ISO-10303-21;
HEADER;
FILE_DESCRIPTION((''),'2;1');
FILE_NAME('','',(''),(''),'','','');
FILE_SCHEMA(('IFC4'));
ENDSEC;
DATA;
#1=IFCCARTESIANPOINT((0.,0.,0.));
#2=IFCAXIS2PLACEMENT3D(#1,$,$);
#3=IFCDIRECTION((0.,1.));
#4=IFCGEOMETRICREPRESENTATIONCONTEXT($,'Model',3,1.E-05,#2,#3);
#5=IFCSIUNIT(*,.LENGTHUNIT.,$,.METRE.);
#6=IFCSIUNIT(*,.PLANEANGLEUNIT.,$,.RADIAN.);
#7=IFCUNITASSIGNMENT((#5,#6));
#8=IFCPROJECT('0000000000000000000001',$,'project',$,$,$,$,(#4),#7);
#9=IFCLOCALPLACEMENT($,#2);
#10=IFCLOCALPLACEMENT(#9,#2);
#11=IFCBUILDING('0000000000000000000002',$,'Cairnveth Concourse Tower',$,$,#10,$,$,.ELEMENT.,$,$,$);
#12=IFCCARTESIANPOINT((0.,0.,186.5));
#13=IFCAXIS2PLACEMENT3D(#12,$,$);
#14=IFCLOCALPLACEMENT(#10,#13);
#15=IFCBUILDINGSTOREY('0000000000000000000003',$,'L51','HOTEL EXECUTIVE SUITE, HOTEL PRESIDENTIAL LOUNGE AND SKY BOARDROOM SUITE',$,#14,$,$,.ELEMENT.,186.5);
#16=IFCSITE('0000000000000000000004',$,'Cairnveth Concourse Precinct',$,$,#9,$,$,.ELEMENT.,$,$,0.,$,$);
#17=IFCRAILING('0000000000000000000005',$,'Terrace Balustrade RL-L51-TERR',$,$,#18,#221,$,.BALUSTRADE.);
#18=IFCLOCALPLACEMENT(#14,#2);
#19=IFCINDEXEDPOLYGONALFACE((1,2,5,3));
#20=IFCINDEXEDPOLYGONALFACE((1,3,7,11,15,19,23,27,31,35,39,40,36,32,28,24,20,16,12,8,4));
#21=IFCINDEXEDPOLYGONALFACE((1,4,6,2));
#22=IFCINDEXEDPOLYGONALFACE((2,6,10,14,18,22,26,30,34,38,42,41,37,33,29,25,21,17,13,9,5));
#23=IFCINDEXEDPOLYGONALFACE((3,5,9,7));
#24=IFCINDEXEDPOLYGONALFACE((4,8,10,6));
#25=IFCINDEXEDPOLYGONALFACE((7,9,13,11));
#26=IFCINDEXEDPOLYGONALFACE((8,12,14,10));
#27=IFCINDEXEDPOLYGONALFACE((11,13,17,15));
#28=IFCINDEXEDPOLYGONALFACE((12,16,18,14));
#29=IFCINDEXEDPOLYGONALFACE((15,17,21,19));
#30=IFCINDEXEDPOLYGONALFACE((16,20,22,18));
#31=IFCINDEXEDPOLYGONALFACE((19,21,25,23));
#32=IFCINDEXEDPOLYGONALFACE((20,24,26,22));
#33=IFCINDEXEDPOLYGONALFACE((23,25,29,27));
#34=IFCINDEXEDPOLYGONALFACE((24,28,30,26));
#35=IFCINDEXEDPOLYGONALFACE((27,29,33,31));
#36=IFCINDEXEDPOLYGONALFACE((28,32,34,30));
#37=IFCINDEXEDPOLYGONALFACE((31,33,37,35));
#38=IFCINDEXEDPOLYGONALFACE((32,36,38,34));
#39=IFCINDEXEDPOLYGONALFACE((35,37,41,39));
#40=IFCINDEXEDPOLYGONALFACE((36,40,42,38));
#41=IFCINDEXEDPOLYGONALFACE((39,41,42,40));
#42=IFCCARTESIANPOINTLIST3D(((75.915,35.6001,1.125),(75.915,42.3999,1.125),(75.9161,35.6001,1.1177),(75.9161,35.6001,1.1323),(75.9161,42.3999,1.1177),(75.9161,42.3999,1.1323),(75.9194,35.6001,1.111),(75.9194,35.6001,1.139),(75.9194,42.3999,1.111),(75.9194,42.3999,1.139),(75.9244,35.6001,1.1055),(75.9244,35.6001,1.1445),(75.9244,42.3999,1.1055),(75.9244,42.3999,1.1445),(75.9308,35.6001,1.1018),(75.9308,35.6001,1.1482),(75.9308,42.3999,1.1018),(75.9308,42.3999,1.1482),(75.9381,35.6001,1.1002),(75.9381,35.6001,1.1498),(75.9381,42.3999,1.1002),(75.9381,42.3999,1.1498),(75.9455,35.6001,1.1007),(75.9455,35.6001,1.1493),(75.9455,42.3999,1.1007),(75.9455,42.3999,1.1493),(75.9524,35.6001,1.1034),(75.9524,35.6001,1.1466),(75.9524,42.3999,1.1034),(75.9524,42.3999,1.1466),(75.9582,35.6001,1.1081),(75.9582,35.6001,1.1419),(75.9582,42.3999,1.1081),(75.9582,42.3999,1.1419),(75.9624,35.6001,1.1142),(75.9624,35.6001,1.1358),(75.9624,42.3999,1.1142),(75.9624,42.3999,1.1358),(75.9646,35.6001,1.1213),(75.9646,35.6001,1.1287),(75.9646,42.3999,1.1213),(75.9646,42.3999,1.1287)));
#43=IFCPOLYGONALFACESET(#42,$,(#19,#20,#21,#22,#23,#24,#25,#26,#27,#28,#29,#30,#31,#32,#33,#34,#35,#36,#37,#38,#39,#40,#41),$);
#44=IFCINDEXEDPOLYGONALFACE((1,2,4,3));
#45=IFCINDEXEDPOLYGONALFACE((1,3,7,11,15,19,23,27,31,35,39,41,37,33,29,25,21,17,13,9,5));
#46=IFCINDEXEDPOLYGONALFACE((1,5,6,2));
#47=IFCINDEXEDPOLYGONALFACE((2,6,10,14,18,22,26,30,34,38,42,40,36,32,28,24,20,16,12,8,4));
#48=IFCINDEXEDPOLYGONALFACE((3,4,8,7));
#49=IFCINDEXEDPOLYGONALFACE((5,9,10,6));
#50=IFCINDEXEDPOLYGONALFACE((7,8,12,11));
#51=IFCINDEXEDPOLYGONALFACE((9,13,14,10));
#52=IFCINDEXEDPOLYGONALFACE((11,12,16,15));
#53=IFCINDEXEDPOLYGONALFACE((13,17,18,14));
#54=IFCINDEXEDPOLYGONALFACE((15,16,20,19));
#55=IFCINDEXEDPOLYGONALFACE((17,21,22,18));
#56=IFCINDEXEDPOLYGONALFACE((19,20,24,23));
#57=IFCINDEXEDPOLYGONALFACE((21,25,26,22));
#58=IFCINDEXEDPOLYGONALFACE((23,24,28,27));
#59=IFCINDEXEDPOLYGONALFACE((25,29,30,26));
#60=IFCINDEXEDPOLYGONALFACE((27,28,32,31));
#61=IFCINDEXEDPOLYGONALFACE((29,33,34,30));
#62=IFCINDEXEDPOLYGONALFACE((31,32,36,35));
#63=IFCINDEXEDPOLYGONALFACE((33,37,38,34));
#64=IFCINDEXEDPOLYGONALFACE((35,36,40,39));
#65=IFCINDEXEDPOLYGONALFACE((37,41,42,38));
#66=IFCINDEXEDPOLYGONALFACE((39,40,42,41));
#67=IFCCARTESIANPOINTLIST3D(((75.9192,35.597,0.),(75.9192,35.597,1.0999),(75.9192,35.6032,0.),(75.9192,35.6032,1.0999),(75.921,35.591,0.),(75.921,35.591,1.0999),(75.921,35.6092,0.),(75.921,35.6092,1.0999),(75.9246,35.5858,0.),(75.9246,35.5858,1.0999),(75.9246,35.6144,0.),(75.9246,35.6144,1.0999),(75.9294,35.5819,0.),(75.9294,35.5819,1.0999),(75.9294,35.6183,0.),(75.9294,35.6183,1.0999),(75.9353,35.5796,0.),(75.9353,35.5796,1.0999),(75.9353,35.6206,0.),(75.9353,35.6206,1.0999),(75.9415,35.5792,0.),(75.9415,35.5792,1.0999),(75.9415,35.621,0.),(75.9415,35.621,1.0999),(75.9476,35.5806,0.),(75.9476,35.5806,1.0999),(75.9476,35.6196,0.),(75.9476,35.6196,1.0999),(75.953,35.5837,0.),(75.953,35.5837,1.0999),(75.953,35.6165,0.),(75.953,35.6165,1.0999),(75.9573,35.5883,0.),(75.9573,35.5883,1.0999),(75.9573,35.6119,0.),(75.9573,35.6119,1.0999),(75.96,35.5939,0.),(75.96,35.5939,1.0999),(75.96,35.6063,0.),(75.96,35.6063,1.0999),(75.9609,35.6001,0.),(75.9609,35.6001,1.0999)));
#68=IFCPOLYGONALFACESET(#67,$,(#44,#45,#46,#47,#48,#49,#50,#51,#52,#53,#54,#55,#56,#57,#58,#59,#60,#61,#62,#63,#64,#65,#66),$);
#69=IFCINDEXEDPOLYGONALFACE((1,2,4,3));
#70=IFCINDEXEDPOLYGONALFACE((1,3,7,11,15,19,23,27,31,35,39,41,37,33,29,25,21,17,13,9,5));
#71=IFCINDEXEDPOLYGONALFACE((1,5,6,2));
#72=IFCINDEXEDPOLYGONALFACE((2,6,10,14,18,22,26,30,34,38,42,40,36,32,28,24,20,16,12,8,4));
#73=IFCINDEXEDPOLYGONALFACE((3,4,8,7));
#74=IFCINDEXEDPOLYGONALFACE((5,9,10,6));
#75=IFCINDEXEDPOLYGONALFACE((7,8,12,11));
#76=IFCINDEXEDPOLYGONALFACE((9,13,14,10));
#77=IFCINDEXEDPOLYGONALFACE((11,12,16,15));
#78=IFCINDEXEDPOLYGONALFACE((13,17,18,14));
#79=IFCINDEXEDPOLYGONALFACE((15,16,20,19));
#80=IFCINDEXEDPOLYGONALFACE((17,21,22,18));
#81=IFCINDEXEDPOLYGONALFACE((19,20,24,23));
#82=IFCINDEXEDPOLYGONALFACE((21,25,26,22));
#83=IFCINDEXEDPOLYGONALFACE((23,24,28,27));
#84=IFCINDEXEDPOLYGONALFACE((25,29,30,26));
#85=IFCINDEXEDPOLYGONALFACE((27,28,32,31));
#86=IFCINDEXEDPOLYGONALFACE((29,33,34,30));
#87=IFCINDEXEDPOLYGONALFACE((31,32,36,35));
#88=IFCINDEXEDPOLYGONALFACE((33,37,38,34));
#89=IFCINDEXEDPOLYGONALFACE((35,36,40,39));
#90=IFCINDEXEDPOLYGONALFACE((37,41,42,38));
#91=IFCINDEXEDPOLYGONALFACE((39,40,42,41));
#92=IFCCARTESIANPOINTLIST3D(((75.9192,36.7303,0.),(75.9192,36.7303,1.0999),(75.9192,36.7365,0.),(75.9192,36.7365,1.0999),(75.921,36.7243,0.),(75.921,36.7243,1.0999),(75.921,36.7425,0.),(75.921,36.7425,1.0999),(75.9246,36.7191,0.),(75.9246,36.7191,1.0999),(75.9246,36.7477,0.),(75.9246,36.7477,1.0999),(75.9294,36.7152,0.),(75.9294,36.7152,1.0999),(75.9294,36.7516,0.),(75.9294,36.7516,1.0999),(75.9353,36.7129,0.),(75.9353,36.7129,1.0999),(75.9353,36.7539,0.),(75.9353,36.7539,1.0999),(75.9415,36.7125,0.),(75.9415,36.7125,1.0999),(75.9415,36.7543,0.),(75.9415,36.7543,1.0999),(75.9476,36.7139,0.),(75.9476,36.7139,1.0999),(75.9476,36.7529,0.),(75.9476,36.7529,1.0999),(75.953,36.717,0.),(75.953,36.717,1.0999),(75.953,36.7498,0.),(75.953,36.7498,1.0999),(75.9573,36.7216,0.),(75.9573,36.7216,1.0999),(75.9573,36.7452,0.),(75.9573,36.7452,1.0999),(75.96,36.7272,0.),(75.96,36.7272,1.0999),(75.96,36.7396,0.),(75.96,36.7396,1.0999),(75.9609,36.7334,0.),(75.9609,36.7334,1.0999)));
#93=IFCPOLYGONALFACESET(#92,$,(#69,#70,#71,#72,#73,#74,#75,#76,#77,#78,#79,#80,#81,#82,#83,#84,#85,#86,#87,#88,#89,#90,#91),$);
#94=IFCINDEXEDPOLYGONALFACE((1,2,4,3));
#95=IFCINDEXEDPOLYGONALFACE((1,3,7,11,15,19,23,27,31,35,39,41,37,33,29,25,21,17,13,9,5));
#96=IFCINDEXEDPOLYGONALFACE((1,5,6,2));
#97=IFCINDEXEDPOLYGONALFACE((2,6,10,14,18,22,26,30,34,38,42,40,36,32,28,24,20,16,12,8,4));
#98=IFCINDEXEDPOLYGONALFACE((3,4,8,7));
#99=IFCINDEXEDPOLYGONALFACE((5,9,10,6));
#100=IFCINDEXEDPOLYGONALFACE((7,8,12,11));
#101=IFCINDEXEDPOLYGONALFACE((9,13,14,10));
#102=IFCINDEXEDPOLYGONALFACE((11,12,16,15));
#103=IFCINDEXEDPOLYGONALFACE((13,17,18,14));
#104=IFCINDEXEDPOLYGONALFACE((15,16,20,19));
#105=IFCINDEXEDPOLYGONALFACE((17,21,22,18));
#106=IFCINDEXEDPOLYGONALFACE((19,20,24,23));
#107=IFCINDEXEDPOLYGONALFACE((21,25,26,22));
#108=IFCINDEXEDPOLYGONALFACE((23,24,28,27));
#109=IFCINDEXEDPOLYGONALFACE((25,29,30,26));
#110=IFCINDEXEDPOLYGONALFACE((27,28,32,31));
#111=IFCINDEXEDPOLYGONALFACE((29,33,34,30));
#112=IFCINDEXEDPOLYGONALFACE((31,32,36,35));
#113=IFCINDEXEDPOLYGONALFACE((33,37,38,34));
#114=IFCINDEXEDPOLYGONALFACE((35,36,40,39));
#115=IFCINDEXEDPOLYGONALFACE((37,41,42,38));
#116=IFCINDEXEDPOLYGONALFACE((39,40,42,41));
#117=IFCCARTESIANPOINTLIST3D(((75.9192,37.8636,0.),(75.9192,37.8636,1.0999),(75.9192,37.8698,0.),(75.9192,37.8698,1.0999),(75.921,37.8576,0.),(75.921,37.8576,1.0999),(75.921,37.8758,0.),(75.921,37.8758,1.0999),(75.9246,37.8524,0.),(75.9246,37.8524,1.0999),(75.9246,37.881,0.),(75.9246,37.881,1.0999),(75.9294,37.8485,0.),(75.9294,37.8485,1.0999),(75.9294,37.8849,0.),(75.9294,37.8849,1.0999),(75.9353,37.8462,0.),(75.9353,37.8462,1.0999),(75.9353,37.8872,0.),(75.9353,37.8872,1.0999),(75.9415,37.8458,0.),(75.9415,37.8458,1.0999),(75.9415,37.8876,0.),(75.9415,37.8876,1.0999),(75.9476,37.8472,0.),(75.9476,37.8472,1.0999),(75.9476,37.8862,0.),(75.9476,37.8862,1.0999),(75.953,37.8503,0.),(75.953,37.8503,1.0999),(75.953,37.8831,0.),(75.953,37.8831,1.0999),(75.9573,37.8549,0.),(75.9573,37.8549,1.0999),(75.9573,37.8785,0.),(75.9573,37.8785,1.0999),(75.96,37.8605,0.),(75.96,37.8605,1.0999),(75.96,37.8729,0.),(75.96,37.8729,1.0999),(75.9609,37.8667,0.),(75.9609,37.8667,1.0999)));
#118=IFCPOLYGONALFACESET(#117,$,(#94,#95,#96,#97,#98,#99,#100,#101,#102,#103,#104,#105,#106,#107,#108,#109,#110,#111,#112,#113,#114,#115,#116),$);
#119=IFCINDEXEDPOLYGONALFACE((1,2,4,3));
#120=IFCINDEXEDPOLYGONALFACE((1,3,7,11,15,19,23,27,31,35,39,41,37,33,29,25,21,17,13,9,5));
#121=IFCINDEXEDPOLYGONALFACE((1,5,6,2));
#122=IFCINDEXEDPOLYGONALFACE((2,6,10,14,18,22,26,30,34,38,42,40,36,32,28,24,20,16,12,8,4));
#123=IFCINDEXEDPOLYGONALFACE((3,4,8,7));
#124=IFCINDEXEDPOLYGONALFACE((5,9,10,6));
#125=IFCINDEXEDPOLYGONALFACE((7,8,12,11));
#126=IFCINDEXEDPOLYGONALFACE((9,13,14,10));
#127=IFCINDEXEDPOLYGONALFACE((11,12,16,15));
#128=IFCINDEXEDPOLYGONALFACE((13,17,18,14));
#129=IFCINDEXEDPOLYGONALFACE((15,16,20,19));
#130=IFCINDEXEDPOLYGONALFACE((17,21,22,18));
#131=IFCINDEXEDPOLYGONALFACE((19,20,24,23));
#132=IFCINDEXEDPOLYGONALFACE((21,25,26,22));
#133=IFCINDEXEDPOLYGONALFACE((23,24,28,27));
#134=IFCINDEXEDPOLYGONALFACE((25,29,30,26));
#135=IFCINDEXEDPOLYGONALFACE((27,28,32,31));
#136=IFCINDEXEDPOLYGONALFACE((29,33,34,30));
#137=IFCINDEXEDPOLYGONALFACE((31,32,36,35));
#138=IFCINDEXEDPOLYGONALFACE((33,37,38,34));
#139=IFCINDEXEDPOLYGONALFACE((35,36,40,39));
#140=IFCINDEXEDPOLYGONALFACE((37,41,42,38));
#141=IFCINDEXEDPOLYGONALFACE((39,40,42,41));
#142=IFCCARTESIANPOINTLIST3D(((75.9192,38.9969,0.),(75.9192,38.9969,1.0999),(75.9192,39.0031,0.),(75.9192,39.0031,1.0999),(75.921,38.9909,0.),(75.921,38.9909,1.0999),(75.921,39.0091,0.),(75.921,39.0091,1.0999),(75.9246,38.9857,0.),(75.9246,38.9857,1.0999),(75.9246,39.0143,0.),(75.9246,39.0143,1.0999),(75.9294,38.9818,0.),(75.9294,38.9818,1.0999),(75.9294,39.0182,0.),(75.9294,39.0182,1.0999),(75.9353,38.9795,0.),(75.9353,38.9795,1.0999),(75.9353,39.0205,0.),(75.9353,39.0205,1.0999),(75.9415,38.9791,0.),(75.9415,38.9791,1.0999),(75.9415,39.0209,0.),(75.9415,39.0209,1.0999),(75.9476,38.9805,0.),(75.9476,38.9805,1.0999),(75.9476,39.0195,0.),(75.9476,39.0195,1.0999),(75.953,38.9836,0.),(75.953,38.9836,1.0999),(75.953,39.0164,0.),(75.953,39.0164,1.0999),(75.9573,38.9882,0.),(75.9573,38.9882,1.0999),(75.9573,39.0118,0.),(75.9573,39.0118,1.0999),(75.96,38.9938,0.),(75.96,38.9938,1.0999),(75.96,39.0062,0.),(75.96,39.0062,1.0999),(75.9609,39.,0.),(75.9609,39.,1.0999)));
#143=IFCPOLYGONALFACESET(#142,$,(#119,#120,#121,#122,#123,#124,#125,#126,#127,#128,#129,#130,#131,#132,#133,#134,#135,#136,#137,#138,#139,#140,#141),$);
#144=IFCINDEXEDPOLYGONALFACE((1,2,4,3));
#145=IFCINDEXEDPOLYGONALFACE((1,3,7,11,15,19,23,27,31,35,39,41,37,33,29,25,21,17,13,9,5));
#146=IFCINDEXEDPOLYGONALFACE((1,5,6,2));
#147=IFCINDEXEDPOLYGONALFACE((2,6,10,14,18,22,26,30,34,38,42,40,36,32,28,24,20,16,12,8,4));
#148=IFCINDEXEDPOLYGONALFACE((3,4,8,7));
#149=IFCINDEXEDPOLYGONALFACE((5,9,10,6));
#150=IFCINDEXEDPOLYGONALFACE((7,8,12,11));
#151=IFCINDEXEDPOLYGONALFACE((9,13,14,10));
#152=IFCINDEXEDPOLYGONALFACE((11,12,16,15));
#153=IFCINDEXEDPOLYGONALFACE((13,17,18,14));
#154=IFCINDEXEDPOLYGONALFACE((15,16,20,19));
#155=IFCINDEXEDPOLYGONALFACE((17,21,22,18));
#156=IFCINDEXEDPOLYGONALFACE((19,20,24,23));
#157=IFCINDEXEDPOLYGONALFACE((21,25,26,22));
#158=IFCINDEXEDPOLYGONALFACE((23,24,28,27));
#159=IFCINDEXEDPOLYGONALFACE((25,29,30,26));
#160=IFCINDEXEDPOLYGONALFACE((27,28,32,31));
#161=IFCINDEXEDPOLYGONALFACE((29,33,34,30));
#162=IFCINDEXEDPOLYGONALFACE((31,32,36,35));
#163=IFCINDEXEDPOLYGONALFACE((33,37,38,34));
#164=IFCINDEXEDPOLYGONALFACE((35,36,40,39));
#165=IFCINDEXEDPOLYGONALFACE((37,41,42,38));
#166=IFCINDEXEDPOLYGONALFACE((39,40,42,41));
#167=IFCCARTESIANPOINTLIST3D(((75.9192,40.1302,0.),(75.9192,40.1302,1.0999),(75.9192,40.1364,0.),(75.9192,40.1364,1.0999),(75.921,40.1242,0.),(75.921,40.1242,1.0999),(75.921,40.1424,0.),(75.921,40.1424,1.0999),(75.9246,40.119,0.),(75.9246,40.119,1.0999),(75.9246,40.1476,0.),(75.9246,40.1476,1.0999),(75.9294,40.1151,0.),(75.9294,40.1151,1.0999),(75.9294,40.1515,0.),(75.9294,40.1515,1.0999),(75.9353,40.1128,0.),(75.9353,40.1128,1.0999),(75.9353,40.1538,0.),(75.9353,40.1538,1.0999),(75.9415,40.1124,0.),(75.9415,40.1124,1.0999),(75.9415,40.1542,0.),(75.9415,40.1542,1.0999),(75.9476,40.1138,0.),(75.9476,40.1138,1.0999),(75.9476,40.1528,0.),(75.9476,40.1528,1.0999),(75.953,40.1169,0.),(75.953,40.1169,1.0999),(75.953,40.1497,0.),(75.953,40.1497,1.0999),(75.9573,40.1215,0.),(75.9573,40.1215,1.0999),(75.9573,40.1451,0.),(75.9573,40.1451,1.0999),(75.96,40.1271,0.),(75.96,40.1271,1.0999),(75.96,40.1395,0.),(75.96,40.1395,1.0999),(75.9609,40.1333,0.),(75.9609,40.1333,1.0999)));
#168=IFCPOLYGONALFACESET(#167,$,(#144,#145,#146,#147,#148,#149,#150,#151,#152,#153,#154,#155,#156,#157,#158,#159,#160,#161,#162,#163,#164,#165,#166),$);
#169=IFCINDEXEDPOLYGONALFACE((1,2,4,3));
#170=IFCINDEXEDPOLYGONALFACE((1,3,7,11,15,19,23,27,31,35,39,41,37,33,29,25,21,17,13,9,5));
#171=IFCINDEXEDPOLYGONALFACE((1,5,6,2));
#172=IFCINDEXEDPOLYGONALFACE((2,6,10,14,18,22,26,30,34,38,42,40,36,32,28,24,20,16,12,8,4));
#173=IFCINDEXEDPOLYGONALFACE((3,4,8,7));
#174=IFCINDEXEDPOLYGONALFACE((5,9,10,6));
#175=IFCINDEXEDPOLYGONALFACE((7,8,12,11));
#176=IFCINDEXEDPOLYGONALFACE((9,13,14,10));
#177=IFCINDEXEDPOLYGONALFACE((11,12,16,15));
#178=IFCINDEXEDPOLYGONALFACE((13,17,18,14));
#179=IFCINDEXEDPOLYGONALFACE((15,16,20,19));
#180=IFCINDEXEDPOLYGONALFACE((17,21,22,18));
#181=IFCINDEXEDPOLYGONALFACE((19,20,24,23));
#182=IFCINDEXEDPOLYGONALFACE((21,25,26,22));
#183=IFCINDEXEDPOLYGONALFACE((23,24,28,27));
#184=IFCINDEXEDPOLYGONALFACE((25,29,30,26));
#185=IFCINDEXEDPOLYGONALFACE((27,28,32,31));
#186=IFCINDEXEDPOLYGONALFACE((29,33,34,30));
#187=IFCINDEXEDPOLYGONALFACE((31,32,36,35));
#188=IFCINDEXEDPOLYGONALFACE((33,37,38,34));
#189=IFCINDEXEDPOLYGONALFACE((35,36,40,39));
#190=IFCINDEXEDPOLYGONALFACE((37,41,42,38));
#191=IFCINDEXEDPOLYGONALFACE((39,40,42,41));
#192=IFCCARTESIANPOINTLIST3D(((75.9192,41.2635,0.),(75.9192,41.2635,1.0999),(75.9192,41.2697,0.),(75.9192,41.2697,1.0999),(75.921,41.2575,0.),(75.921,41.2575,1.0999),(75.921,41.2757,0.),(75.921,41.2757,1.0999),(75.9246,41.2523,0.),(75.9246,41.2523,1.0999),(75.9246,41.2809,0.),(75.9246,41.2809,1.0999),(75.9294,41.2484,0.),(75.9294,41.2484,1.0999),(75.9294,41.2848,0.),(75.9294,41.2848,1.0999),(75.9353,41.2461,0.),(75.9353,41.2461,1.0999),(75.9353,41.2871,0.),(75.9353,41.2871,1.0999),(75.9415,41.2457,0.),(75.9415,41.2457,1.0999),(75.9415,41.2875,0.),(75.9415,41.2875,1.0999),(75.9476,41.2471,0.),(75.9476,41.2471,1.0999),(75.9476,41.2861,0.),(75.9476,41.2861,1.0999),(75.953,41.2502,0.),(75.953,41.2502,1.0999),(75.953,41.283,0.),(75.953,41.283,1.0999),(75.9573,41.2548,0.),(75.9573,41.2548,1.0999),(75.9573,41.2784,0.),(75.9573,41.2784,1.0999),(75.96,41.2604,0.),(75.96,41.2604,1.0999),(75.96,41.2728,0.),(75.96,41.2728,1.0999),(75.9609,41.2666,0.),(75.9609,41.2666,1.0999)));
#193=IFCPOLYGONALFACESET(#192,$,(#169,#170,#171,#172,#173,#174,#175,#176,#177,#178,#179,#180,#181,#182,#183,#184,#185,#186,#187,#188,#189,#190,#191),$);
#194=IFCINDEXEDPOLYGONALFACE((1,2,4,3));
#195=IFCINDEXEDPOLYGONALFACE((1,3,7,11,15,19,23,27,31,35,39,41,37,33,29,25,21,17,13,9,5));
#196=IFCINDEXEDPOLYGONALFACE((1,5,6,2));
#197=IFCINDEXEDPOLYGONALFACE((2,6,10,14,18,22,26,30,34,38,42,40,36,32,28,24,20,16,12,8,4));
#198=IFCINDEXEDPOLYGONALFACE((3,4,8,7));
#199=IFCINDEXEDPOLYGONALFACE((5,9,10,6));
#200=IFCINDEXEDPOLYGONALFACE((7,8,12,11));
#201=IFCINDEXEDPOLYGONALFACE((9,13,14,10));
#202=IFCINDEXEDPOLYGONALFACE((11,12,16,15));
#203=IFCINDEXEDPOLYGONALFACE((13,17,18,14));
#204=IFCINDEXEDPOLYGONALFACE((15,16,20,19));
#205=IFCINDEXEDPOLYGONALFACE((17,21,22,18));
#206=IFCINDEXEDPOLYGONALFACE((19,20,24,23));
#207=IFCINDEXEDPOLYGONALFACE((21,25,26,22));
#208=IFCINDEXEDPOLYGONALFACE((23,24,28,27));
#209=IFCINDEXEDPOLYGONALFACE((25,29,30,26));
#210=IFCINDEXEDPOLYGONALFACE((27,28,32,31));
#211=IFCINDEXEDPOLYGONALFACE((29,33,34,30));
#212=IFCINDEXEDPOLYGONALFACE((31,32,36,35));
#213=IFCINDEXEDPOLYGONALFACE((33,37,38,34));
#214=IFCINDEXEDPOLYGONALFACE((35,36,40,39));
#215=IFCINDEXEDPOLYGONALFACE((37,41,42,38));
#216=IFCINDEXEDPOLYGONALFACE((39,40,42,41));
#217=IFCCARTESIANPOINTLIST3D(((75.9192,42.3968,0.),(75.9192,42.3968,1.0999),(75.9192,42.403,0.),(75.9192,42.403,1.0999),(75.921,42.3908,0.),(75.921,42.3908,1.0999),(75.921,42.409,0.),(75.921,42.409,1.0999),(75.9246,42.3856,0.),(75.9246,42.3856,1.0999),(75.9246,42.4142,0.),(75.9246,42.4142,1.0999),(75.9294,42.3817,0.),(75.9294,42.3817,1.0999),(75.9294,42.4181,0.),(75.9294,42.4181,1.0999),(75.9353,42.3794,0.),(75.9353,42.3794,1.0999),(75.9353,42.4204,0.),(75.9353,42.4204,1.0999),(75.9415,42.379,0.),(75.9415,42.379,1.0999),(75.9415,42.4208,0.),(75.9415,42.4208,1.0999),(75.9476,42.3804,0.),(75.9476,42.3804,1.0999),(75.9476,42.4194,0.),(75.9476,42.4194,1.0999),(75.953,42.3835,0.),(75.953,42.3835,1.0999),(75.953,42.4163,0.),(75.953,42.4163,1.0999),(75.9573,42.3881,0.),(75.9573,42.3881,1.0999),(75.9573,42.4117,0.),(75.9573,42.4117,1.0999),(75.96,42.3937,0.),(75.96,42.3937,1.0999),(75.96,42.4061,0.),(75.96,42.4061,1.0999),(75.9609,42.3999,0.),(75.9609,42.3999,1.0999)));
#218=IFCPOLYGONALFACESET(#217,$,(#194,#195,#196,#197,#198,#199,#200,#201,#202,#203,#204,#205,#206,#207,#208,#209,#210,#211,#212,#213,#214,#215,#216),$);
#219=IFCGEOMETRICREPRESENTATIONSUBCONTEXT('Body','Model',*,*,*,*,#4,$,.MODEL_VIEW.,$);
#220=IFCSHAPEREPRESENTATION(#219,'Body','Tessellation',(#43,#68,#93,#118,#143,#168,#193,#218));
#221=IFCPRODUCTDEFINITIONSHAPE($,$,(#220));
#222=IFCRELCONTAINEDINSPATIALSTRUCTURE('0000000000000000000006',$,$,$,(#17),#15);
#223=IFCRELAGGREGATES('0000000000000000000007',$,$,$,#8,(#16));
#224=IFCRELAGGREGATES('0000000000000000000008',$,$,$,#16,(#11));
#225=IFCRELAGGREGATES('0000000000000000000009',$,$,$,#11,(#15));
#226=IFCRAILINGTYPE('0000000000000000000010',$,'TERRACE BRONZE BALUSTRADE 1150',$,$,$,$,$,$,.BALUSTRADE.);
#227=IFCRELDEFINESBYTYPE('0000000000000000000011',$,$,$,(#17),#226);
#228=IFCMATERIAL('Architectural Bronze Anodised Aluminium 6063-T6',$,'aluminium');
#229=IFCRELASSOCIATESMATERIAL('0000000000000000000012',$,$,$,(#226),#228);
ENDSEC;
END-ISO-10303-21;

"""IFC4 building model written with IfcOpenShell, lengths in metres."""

from ifc_helpers import new_model, si_unit, direction, frame, origin, origin_2d, place, context, subcontext, project, spatial, circle, extrude, material, type_object, element, save


model = new_model("IFC4")

# Units and contexts
model_context = context("Model", 3, precision=1e-05, world=origin(), true_north=direction((0.0, 1.0)))
body_context = subcontext(model_context, "Body", "Model", "MODEL_VIEW")
ifc_project = project(units=[si_unit("LENGTHUNIT", "METRE"), si_unit("PLANEANGLEUNIT", "RADIAN")], contexts=[model_context])

# Site, building, storey
site_placement = place(None, origin())
site = spatial("IfcSite", under=ifc_project, at=site_placement, Name="Cairnveth Concourse Precinct", CompositionType="ELEMENT", RefElevation=0.0)
building_placement = place(site_placement, origin())
building = spatial("IfcBuilding", under=site, at=building_placement, Name="Cairnveth Concourse Tower", CompositionType="ELEMENT")
storey_placement = place(building_placement, frame((0.0, 0.0, 186.5)))
storey = spatial("IfcBuildingStorey", under=building, at=storey_placement, Name="L51", Description="HOTEL EXECUTIVE SUITE, HOTEL PRESIDENTIAL LOUNGE AND SKY BOARDROOM SUITE", CompositionType="ELEMENT", Elevation=186.5)

# Shared definitions
ifc_material_1 = material(Name="Architectural Bronze Anodised Aluminium 6063-T6", Category="aluminium")

# Railing
railing_type = type_object("IfcRailingType", Name="TERRACE BRONZE BALUSTRADE 1150", PredefinedType="BALUSTRADE", material=ifc_material_1)
railing_placement = place(storey_placement, frame((75.9399, 35.6001, 0.0)))
element("IfcRailing", 1, at=railing_placement, inside=storey, type_object=railing_type, Name="Terrace Balustrade RL-L51-TERR", PredefinedType="BALUSTRADE", context=body_context, shape_type="SweptSolid", body=[
    extrude(circle(Radius=0.0249, at=origin_2d()), frame((0.0, 0.0, 1.125), z_axis=(0.0, 1.0, 0.0), x_axis=(-1.0, 0.0, 0.0)), (0.0, 0.0, 1.0), 6.7998),
    extrude(circle(Radius=0.021, at=origin_2d()), origin(), (0.0, 0.0, 1.0), 1.0999),
    extrude(circle(Radius=0.021, at=origin_2d()), frame((0.0, 1.1333, 0.0)), (0.0, 0.0, 1.0), 1.0999),
    extrude(circle(Radius=0.021, at=origin_2d()), frame((0.0, 2.2666, 0.0)), (0.0, 0.0, 1.0), 1.0999),
    extrude(circle(Radius=0.021, at=origin_2d()), frame((0.0, 3.3999, 0.0)), (0.0, 0.0, 1.0), 1.0999),
    extrude(circle(Radius=0.021, at=origin_2d()), frame((0.0, 4.5332, 0.0)), (0.0, 0.0, 1.0), 1.0999),
    extrude(circle(Radius=0.021, at=origin_2d()), frame((0.0, 5.6665, 0.0)), (0.0, 0.0, 1.0), 1.0999),
    extrude(circle(Radius=0.021, at=origin_2d()), frame((0.0, 6.7998, 0.0)), (0.0, 0.0, 1.0), 1.0999),
])

save(model, "model.ifc")
